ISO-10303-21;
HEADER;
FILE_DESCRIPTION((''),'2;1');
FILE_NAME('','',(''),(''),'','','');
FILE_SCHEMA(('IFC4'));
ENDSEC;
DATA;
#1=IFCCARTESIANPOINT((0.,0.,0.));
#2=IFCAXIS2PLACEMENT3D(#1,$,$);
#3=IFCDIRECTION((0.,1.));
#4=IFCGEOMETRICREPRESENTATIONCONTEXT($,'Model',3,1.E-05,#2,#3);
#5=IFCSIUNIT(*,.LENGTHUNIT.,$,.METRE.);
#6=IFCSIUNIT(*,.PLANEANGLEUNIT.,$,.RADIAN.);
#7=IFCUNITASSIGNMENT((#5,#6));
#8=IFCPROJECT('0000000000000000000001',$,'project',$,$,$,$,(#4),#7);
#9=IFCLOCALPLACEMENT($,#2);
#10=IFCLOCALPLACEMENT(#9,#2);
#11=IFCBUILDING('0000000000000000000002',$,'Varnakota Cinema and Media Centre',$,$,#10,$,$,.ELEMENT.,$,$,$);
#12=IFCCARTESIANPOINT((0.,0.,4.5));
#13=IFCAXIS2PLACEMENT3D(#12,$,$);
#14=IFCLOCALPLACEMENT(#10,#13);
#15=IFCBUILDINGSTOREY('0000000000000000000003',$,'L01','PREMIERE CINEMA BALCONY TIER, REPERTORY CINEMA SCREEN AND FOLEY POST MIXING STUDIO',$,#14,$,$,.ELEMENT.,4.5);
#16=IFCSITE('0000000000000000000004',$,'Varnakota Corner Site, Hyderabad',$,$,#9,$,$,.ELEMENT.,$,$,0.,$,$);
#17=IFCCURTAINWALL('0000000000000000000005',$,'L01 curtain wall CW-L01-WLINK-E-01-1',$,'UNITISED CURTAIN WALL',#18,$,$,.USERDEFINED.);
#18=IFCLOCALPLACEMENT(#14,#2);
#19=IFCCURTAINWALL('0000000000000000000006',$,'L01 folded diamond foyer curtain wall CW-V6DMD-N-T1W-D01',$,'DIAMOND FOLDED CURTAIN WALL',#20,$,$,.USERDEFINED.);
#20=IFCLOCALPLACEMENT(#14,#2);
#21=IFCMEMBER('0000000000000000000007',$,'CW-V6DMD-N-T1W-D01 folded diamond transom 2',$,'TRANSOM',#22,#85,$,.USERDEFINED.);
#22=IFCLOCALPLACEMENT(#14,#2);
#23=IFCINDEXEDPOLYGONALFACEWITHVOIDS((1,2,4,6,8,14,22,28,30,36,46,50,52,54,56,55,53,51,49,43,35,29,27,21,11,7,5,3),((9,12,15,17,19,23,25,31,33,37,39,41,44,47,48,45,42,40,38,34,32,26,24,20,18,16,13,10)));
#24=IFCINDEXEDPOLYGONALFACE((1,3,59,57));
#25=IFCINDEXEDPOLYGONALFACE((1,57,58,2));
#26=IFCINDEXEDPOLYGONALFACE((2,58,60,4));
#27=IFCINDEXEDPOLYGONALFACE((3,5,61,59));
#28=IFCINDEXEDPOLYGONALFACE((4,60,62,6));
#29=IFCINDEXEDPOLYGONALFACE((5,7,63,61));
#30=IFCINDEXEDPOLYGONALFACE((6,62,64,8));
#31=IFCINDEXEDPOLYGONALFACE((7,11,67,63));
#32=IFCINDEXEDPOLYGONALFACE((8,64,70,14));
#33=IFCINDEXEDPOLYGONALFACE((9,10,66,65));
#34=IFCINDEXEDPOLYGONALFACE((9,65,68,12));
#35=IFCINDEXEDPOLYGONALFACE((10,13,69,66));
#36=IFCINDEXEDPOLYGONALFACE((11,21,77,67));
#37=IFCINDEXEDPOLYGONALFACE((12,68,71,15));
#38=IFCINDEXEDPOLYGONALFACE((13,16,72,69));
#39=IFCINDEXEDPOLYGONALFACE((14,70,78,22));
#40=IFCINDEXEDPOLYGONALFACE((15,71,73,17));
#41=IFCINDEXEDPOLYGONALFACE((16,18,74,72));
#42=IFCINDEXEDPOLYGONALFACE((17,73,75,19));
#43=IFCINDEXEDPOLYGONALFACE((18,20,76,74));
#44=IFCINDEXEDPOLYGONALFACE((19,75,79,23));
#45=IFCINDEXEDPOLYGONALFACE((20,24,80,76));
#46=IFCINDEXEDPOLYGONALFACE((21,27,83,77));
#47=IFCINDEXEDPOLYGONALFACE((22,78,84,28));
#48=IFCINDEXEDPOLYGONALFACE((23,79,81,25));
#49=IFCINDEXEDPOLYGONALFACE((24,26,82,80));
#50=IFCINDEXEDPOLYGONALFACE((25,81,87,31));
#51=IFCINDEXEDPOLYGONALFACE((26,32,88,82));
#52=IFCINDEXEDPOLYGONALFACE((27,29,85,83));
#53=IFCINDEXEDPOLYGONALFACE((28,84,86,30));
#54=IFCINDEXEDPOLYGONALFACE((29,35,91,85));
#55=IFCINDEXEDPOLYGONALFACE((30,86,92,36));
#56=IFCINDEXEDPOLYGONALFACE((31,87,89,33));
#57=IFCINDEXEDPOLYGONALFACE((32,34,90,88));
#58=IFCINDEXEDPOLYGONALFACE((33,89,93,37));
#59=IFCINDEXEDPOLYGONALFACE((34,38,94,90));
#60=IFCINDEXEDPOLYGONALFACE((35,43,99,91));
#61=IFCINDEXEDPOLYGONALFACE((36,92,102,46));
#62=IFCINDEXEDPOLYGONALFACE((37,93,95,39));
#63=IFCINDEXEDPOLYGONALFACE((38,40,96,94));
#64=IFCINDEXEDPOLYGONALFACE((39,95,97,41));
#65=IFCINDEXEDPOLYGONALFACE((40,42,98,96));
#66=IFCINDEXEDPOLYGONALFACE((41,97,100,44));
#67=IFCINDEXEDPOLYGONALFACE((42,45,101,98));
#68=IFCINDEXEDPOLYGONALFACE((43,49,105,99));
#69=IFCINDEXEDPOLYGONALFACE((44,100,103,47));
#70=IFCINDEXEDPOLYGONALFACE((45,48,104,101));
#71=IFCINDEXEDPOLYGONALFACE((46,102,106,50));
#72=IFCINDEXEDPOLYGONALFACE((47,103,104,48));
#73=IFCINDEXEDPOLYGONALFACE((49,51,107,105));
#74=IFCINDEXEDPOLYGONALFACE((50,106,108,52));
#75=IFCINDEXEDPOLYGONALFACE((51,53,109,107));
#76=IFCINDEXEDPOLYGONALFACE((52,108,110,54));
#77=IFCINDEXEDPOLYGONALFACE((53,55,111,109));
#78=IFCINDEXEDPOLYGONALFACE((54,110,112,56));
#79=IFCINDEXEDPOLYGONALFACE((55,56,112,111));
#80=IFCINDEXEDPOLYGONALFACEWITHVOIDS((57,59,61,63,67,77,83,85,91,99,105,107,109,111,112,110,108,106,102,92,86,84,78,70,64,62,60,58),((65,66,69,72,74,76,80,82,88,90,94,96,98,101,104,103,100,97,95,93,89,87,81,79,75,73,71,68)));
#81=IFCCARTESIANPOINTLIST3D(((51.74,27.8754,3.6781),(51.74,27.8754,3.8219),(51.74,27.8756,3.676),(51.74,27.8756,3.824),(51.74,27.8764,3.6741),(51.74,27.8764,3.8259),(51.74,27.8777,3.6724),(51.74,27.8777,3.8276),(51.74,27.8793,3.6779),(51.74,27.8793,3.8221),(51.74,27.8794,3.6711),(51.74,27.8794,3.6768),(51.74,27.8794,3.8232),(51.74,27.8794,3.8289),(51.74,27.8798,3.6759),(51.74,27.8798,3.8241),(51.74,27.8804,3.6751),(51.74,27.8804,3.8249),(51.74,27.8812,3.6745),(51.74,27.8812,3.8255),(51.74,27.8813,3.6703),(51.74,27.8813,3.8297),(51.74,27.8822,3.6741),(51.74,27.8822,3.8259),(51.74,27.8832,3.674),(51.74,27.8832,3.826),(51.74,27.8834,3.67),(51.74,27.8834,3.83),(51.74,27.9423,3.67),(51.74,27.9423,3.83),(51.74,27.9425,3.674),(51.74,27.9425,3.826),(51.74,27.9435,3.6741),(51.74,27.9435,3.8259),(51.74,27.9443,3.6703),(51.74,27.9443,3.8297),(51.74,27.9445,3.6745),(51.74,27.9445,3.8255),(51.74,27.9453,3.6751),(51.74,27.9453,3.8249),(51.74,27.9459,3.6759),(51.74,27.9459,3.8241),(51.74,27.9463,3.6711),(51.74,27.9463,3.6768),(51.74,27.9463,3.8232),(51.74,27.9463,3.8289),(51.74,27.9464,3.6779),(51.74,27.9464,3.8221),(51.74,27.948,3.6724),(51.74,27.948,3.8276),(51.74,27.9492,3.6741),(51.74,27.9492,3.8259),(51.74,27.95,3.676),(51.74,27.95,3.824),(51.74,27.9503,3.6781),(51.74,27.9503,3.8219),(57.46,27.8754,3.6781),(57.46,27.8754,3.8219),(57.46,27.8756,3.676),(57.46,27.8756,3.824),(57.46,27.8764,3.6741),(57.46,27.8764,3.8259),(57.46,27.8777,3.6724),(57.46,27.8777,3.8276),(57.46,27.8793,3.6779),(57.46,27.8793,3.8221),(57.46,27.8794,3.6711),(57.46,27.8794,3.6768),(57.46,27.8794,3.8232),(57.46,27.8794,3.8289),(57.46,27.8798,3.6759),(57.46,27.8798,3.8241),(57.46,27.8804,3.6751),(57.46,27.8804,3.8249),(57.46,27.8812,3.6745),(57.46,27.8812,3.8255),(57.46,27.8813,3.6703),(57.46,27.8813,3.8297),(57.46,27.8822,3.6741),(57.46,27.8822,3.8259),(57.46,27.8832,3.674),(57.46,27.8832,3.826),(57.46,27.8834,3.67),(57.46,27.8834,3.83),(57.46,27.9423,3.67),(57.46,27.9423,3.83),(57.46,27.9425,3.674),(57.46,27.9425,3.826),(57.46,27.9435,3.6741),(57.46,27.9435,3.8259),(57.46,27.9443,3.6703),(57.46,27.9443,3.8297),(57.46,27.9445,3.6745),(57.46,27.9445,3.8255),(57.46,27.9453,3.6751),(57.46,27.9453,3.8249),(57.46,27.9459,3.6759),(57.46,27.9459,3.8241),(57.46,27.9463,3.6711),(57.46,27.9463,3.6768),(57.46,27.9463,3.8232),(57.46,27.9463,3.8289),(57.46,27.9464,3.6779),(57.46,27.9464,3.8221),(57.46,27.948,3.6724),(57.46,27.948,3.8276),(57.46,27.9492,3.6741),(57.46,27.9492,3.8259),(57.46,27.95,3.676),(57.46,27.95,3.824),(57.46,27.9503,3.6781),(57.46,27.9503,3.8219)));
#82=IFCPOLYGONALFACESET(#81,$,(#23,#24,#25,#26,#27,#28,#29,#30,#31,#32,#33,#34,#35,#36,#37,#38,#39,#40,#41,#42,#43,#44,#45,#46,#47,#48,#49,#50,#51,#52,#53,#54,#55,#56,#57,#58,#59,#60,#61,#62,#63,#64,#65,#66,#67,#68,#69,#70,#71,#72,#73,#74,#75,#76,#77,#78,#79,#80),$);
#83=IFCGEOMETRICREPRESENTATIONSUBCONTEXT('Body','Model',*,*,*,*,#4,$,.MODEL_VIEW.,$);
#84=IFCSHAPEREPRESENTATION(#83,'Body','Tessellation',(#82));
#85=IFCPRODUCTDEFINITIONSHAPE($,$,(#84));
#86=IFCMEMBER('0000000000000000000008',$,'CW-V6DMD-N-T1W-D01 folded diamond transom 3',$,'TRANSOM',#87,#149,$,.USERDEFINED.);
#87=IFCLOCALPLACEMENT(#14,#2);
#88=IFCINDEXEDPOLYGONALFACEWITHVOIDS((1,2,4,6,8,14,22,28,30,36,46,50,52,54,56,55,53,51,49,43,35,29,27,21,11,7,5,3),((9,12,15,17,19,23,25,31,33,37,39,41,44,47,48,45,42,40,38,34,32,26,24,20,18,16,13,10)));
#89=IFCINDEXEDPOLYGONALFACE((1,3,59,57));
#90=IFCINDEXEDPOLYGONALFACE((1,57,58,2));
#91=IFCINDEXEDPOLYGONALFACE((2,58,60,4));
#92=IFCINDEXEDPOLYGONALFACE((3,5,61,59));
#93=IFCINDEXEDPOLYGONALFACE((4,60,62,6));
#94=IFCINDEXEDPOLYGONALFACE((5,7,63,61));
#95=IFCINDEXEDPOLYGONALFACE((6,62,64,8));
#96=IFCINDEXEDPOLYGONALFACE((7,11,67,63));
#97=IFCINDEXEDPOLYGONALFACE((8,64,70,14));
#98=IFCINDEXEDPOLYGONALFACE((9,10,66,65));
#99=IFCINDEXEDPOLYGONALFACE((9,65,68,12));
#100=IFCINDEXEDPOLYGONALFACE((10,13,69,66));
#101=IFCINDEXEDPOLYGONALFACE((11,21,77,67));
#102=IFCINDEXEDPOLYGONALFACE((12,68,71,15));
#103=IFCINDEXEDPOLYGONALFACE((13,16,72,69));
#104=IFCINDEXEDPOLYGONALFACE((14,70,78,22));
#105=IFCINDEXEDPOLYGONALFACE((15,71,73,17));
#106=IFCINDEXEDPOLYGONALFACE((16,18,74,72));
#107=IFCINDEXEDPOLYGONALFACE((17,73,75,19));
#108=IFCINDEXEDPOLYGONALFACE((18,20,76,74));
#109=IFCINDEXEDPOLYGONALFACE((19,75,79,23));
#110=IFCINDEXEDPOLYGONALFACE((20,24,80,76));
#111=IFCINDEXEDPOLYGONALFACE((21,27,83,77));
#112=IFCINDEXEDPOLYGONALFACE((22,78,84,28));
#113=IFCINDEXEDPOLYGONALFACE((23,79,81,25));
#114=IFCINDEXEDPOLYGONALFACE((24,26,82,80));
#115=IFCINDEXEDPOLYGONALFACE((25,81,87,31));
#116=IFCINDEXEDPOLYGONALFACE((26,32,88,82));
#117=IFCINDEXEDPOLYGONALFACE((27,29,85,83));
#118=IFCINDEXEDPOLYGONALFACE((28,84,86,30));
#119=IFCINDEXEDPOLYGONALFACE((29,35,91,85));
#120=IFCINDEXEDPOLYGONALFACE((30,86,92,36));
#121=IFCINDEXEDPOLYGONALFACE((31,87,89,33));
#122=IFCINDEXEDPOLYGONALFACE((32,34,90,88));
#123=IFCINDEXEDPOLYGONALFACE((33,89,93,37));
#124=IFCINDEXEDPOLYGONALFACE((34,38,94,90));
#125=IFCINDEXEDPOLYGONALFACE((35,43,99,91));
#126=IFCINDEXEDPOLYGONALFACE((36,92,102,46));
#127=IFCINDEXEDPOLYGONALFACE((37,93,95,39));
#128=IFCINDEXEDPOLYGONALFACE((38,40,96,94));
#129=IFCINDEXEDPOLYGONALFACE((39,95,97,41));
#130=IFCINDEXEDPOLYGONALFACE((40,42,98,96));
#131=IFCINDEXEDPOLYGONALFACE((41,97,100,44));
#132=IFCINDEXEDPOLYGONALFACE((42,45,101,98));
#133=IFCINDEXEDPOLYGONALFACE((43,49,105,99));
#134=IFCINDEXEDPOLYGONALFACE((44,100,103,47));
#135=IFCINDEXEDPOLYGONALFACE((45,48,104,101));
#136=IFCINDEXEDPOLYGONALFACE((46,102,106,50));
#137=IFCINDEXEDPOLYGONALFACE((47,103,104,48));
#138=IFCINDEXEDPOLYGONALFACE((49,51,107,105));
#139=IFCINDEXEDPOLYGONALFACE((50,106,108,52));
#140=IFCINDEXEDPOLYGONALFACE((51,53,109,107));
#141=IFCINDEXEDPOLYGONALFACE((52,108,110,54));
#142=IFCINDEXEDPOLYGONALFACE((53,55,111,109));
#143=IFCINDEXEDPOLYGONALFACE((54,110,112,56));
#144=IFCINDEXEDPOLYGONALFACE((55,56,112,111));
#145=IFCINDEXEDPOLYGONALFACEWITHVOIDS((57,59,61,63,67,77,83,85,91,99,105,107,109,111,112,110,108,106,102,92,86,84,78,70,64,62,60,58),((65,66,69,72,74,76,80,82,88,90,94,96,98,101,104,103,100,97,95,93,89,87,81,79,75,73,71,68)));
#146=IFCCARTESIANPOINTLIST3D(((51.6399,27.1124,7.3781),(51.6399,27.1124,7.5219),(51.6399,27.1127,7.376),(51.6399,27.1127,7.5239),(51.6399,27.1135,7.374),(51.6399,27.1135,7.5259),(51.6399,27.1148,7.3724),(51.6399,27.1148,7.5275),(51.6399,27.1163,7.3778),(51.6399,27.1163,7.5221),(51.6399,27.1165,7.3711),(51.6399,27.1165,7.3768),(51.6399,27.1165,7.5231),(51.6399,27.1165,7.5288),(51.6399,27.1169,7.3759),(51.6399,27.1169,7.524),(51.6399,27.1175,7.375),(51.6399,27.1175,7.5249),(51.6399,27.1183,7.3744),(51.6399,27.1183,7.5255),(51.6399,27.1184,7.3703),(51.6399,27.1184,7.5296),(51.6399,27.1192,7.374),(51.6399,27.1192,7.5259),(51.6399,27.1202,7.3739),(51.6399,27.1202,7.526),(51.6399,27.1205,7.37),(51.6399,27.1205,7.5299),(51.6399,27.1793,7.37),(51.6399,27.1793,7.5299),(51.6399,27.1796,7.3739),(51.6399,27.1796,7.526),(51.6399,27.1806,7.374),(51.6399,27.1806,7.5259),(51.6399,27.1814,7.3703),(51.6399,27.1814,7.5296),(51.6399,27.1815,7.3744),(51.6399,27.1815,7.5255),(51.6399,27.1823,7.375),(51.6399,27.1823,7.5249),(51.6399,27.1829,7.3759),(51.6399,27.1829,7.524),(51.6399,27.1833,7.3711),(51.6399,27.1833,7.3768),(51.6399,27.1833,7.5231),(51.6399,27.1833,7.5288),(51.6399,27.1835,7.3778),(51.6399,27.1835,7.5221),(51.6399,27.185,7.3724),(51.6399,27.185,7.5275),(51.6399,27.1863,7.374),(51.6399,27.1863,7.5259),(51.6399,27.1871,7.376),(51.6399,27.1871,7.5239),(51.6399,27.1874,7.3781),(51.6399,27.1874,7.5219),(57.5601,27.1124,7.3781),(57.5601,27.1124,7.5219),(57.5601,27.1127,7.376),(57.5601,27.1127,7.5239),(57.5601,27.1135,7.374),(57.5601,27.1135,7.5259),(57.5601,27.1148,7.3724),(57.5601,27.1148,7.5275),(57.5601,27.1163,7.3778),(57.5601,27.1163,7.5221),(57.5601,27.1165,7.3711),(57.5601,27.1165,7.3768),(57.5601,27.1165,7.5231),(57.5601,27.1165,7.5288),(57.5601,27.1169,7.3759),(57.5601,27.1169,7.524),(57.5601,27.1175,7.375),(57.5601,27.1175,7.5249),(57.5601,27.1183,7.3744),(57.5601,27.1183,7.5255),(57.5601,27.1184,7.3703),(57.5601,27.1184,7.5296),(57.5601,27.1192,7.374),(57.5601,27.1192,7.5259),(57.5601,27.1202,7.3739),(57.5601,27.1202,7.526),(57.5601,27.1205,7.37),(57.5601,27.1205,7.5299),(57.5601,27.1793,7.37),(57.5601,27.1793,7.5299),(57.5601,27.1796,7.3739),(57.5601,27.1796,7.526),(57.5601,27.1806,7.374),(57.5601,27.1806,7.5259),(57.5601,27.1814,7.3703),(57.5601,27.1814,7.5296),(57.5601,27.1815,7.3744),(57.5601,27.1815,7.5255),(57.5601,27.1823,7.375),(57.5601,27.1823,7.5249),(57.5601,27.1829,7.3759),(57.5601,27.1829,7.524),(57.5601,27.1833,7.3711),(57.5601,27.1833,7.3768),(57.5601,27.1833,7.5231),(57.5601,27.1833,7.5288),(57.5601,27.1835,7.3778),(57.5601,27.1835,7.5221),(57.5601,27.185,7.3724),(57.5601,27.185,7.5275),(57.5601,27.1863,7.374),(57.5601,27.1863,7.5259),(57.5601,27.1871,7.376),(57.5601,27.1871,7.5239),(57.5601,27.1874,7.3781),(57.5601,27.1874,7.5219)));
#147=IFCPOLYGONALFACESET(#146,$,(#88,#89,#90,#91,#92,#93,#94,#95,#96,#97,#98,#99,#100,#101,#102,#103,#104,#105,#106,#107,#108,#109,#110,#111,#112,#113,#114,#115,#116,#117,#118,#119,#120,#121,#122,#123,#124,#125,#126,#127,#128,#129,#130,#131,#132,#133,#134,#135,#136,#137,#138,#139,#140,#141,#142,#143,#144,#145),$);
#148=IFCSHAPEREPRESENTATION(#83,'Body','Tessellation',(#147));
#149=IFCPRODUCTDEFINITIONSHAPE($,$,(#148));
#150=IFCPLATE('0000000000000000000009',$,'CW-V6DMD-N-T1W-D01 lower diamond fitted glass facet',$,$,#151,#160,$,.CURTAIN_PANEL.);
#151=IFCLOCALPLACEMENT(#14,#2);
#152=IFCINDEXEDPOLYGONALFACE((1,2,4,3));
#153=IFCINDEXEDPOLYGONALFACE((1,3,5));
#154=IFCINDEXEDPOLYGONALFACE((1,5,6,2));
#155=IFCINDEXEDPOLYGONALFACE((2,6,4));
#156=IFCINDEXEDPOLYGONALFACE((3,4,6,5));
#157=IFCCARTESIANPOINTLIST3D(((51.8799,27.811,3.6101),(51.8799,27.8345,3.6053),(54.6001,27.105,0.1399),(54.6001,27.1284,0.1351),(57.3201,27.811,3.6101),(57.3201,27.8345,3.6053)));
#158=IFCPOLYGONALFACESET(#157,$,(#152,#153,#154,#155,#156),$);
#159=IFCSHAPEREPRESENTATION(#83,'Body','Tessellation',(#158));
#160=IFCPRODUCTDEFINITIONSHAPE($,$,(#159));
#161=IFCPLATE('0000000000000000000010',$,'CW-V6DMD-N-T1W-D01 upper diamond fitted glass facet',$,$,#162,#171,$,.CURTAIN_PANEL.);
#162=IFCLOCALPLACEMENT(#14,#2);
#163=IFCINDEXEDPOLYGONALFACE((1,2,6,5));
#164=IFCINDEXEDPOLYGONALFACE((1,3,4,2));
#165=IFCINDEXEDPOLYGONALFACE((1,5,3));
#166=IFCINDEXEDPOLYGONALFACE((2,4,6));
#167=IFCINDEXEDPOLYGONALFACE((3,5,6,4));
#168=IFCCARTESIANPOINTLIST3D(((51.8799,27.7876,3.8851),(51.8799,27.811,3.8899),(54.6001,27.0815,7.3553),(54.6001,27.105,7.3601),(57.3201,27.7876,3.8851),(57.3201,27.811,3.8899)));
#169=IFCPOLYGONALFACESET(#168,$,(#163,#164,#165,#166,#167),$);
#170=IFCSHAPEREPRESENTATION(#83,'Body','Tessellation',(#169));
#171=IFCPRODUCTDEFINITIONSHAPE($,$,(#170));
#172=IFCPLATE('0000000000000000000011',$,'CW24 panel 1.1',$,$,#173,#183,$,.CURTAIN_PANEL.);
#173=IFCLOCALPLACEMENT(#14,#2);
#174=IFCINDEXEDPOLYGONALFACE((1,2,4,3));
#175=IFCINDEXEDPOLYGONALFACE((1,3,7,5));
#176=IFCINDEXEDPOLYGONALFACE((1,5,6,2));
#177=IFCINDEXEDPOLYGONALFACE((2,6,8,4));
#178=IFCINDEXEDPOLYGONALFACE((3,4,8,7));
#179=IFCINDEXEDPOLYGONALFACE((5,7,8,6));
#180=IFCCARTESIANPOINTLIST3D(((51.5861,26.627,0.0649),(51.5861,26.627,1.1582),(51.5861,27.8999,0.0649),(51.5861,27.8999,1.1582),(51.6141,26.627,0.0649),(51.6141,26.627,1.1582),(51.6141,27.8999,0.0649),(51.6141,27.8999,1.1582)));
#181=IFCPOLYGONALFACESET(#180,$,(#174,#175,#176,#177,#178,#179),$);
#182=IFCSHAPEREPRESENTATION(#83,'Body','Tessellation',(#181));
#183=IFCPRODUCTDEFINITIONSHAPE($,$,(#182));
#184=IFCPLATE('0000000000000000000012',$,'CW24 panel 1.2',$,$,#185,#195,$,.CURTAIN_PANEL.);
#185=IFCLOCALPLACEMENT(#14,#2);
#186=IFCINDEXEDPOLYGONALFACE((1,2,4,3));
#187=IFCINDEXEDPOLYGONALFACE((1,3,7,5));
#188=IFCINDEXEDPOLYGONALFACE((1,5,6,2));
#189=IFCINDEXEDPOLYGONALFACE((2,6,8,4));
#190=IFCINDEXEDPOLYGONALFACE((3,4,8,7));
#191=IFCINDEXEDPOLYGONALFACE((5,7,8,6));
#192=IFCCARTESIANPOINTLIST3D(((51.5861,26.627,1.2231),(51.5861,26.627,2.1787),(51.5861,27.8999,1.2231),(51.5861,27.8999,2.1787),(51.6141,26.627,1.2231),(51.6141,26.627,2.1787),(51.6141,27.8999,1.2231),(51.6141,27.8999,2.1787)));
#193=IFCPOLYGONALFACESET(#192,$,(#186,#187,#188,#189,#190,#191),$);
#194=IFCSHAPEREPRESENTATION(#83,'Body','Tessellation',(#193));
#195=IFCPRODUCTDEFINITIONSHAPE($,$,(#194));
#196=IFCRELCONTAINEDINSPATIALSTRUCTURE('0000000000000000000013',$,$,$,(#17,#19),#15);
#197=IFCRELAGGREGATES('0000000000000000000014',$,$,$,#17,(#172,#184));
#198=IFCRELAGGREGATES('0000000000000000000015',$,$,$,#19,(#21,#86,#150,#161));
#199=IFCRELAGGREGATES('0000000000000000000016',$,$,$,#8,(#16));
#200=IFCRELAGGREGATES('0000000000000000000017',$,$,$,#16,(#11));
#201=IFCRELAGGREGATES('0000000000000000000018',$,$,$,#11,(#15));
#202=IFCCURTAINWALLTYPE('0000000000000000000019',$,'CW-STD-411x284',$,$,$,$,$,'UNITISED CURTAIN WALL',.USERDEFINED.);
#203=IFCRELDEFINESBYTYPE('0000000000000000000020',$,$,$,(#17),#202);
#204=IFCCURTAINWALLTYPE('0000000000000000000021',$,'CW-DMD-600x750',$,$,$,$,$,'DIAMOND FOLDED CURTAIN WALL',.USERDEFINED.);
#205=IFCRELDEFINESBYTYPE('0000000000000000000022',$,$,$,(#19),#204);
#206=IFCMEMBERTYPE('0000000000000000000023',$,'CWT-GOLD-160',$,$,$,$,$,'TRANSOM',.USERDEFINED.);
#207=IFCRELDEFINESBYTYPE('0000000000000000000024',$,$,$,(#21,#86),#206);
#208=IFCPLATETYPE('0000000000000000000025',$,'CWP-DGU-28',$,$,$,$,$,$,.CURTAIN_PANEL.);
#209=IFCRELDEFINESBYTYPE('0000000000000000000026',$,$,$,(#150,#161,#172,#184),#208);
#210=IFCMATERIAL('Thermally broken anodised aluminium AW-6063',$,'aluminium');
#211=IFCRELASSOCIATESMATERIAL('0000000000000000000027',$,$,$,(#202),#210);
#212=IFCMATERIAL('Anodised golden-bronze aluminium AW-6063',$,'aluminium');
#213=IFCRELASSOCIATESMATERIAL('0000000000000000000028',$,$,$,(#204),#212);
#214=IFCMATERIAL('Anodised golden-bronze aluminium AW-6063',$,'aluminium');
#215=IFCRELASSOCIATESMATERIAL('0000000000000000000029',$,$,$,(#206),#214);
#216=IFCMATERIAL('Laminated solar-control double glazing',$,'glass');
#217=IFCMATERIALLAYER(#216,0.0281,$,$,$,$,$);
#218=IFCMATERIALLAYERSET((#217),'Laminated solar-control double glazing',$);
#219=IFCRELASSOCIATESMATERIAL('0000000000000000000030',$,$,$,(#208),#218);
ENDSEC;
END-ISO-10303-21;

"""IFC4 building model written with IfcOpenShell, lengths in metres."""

from ifc_helpers import new_model, si_unit, direction, frame, origin, origin_2d, place, context, subcontext, project, spatial, polyline, rectangle, hollow_rectangle, outline, extrude, material, layer, layer_set, material_profile, profile_set, type_object, element, aggregate, save


model = new_model("IFC4")

# Units and contexts
model_context = context("Model", 3, precision=1e-05, world=origin(), true_north=direction((0.0, 1.0)))
body_context = subcontext(model_context, "Body", "Model", "MODEL_VIEW")
ifc_project = project(units=[si_unit("LENGTHUNIT", "METRE"), si_unit("PLANEANGLEUNIT", "RADIAN")], contexts=[model_context])

# Site, building, storey
site_placement = place(None, origin())
site = spatial("IfcSite", under=ifc_project, at=site_placement, Name="Varnakota Corner Site, Hyderabad", CompositionType="ELEMENT", RefElevation=0.0)
building_placement = place(site_placement, origin())
building = spatial("IfcBuilding", under=site, at=building_placement, Name="Varnakota Cinema and Media Centre", CompositionType="ELEMENT")
storey_placement = place(building_placement, frame((0.0, 0.0, 4.5)))
storey = spatial("IfcBuildingStorey", under=building, at=storey_placement, Name="L01", Description="PREMIERE CINEMA BALCONY TIER, REPERTORY CINEMA SCREEN AND FOLEY POST MIXING STUDIO", CompositionType="ELEMENT", Elevation=4.5)

# Curtain wall
ifc_material_1 = material(Name="Thermally broken anodised aluminium AW-6063", Category="aluminium")
curtain_wall_type_1 = type_object("IfcCurtainWallType", Name="CW-STD-411x284", ElementType="UNITISED CURTAIN WALL", PredefinedType="USERDEFINED", material=ifc_material_1)
curtain_wall_1_placement = place(storey_placement, origin())
curtain_wall_1 = element("IfcCurtainWall", 1, at=curtain_wall_1_placement, inside=storey, type_object=curtain_wall_type_1, Name="L01 curtain wall CW-L01-WLINK-E-01-1", ObjectType="UNITISED CURTAIN WALL", PredefinedType="USERDEFINED")

# Curtain wall
ifc_material_2 = material(Name="Anodised golden-bronze aluminium AW-6063", Category="aluminium")
curtain_wall_type_2 = type_object("IfcCurtainWallType", Name="CW-DMD-600x750", ElementType="DIAMOND FOLDED CURTAIN WALL", PredefinedType="USERDEFINED", material=ifc_material_2)
curtain_wall_2_placement = place(storey_placement, origin())
curtain_wall_2 = element("IfcCurtainWall", 2, at=curtain_wall_2_placement, inside=storey, type_object=curtain_wall_type_2, Name="L01 folded diamond foyer curtain wall CW-V6DMD-N-T1W-D01", ObjectType="DIAMOND FOLDED CURTAIN WALL", PredefinedType="USERDEFINED")

# Members
ifc_material_3 = material(Name="Anodised golden-bronze aluminium AW-6063", Category="aluminium")
ifc_material_profile_1 = material_profile(ifc_material_3, hollow_rectangle(XDim=0.075, YDim=0.1599, WallThickness=0.0039, InnerFilletRadius=0.0039, OuterFilletRadius=0.0081, at=origin_2d()), Name="AL-TRANSOM 160x75x4")
ifc_profile_set_1 = profile_set([ifc_material_profile_1], Name="Anodised golden-bronze aluminium AW-6063")
member_type_1 = type_object("IfcMemberType", Name="CWT-GOLD-160", ElementType="TRANSOM", PredefinedType="USERDEFINED", material=ifc_profile_set_1)
member_1_placement = place(storey_placement, frame((51.74, 27.9128, 3.75), z_axis=(1.0, 0.0, 0.0), x_axis=(0.0, 1.0, 0.0)))
member_1 = element("IfcMember", 3, at=member_1_placement, type_object=member_type_1, Name="CW-V6DMD-N-T1W-D01 folded diamond transom 2", ObjectType="TRANSOM", PredefinedType="USERDEFINED", context=body_context, shape_type="SweptSolid", body=[
    extrude(hollow_rectangle(XDim=0.075, YDim=0.1599, WallThickness=0.0039, InnerFilletRadius=0.0039, OuterFilletRadius=0.0081, at=origin_2d()), origin(), (0.0, 0.0, 1.0), 5.72),
])
member_2_placement = place(storey_placement, frame((51.6399, 27.1499, 7.45), z_axis=(1.0, 0.0, 0.0), x_axis=(0.0, 1.0, 0.0)))
member_2 = element("IfcMember", 4, at=member_2_placement, type_object=member_type_1, Name="CW-V6DMD-N-T1W-D01 folded diamond transom 3", ObjectType="TRANSOM", PredefinedType="USERDEFINED", context=body_context, shape_type="SweptSolid", body=[
    extrude(hollow_rectangle(XDim=0.075, YDim=0.1599, WallThickness=0.0039, InnerFilletRadius=0.0039, OuterFilletRadius=0.0081, at=origin_2d()), origin(), (0.0, 0.0, 1.0), 5.9202),
])

# Plates
ifc_material_4 = material(Name="Laminated solar-control double glazing", Category="glass")
ifc_layer_1 = layer(ifc_material_4, 0.0281)
ifc_layer_set_1 = layer_set([ifc_layer_1], Name="Laminated solar-control double glazing")
plate_type_1 = type_object("IfcPlateType", Name="CWP-DGU-28", PredefinedType="CURTAIN_PANEL", material=ifc_layer_set_1)
plate_1_placement = place(storey_placement, frame((51.8799, 27.811, 3.6101), z_axis=(0.0, -0.979923, 0.199376), x_axis=(0.609166, -0.158114, -0.777121)))
plate_1 = element("IfcPlate", 5, at=plate_1_placement, type_object=plate_type_1, Name="CW-V6DMD-N-T1W-D01 lower diamond fitted glass facet", PredefinedType="CURTAIN_PANEL", context=body_context, shape_type="SweptSolid", body=[
    extrude(outline(polyline([(0.0, 0.0), (4.4655, 0.0), (3.314, 4.3143), (0.0, 0.0)])), origin(), (0.0, 0.0, -1.0), 0.0239),
])
plate_2_placement = place(storey_placement, frame((51.8799, 27.811, 3.8899), z_axis=(0.0, 0.979923, 0.199376), x_axis=(1.0, 0.0, 0.0)))
plate_2 = element("IfcPlate", 6, at=plate_2_placement, type_object=plate_type_1, Name="CW-V6DMD-N-T1W-D01 upper diamond fitted glass facet", PredefinedType="CURTAIN_PANEL", context=body_context, shape_type="SweptSolid", body=[
    extrude(outline(polyline([(0.0, 0.0), (5.4402, 0.0), (2.7202, -3.5413), (0.0, 0.0)])), origin(), (0.0, 0.0, -1.0), 0.0239),
])
plate_3_placement = place(storey_placement, frame((51.6001, 27.2634, 0.0649), z_axis=(0.0, 0.0, 1.0), x_axis=(0.0, 1.0, 0.0)))
plate_3 = element("IfcPlate", 7, at=plate_3_placement, type_object=plate_type_1, Name="CW24 panel 1.1", PredefinedType="CURTAIN_PANEL", context=body_context, shape_type="SweptSolid", body=[
    extrude(rectangle(XDim=1.2729, YDim=0.0281, at=origin_2d()), origin(), (0.0, 0.0, 1.0), 1.0933),
])
plate_4_placement = place(storey_placement, frame((51.6001, 27.2634, 1.2231), z_axis=(0.0, 0.0, 1.0), x_axis=(0.0, 1.0, 0.0)))
plate_4 = element("IfcPlate", 8, at=plate_4_placement, type_object=plate_type_1, Name="CW24 panel 1.2", PredefinedType="CURTAIN_PANEL", context=body_context, shape_type="SweptSolid", body=[
    extrude(rectangle(XDim=1.2729, YDim=0.0281, at=origin_2d()), origin(), (0.0, 0.0, 1.0), 0.9556),
])
aggregate(curtain_wall_1, [plate_3, plate_4])
aggregate(curtain_wall_2, [member_1, member_2, plate_1, plate_2])

save(model, "model.ifc")
